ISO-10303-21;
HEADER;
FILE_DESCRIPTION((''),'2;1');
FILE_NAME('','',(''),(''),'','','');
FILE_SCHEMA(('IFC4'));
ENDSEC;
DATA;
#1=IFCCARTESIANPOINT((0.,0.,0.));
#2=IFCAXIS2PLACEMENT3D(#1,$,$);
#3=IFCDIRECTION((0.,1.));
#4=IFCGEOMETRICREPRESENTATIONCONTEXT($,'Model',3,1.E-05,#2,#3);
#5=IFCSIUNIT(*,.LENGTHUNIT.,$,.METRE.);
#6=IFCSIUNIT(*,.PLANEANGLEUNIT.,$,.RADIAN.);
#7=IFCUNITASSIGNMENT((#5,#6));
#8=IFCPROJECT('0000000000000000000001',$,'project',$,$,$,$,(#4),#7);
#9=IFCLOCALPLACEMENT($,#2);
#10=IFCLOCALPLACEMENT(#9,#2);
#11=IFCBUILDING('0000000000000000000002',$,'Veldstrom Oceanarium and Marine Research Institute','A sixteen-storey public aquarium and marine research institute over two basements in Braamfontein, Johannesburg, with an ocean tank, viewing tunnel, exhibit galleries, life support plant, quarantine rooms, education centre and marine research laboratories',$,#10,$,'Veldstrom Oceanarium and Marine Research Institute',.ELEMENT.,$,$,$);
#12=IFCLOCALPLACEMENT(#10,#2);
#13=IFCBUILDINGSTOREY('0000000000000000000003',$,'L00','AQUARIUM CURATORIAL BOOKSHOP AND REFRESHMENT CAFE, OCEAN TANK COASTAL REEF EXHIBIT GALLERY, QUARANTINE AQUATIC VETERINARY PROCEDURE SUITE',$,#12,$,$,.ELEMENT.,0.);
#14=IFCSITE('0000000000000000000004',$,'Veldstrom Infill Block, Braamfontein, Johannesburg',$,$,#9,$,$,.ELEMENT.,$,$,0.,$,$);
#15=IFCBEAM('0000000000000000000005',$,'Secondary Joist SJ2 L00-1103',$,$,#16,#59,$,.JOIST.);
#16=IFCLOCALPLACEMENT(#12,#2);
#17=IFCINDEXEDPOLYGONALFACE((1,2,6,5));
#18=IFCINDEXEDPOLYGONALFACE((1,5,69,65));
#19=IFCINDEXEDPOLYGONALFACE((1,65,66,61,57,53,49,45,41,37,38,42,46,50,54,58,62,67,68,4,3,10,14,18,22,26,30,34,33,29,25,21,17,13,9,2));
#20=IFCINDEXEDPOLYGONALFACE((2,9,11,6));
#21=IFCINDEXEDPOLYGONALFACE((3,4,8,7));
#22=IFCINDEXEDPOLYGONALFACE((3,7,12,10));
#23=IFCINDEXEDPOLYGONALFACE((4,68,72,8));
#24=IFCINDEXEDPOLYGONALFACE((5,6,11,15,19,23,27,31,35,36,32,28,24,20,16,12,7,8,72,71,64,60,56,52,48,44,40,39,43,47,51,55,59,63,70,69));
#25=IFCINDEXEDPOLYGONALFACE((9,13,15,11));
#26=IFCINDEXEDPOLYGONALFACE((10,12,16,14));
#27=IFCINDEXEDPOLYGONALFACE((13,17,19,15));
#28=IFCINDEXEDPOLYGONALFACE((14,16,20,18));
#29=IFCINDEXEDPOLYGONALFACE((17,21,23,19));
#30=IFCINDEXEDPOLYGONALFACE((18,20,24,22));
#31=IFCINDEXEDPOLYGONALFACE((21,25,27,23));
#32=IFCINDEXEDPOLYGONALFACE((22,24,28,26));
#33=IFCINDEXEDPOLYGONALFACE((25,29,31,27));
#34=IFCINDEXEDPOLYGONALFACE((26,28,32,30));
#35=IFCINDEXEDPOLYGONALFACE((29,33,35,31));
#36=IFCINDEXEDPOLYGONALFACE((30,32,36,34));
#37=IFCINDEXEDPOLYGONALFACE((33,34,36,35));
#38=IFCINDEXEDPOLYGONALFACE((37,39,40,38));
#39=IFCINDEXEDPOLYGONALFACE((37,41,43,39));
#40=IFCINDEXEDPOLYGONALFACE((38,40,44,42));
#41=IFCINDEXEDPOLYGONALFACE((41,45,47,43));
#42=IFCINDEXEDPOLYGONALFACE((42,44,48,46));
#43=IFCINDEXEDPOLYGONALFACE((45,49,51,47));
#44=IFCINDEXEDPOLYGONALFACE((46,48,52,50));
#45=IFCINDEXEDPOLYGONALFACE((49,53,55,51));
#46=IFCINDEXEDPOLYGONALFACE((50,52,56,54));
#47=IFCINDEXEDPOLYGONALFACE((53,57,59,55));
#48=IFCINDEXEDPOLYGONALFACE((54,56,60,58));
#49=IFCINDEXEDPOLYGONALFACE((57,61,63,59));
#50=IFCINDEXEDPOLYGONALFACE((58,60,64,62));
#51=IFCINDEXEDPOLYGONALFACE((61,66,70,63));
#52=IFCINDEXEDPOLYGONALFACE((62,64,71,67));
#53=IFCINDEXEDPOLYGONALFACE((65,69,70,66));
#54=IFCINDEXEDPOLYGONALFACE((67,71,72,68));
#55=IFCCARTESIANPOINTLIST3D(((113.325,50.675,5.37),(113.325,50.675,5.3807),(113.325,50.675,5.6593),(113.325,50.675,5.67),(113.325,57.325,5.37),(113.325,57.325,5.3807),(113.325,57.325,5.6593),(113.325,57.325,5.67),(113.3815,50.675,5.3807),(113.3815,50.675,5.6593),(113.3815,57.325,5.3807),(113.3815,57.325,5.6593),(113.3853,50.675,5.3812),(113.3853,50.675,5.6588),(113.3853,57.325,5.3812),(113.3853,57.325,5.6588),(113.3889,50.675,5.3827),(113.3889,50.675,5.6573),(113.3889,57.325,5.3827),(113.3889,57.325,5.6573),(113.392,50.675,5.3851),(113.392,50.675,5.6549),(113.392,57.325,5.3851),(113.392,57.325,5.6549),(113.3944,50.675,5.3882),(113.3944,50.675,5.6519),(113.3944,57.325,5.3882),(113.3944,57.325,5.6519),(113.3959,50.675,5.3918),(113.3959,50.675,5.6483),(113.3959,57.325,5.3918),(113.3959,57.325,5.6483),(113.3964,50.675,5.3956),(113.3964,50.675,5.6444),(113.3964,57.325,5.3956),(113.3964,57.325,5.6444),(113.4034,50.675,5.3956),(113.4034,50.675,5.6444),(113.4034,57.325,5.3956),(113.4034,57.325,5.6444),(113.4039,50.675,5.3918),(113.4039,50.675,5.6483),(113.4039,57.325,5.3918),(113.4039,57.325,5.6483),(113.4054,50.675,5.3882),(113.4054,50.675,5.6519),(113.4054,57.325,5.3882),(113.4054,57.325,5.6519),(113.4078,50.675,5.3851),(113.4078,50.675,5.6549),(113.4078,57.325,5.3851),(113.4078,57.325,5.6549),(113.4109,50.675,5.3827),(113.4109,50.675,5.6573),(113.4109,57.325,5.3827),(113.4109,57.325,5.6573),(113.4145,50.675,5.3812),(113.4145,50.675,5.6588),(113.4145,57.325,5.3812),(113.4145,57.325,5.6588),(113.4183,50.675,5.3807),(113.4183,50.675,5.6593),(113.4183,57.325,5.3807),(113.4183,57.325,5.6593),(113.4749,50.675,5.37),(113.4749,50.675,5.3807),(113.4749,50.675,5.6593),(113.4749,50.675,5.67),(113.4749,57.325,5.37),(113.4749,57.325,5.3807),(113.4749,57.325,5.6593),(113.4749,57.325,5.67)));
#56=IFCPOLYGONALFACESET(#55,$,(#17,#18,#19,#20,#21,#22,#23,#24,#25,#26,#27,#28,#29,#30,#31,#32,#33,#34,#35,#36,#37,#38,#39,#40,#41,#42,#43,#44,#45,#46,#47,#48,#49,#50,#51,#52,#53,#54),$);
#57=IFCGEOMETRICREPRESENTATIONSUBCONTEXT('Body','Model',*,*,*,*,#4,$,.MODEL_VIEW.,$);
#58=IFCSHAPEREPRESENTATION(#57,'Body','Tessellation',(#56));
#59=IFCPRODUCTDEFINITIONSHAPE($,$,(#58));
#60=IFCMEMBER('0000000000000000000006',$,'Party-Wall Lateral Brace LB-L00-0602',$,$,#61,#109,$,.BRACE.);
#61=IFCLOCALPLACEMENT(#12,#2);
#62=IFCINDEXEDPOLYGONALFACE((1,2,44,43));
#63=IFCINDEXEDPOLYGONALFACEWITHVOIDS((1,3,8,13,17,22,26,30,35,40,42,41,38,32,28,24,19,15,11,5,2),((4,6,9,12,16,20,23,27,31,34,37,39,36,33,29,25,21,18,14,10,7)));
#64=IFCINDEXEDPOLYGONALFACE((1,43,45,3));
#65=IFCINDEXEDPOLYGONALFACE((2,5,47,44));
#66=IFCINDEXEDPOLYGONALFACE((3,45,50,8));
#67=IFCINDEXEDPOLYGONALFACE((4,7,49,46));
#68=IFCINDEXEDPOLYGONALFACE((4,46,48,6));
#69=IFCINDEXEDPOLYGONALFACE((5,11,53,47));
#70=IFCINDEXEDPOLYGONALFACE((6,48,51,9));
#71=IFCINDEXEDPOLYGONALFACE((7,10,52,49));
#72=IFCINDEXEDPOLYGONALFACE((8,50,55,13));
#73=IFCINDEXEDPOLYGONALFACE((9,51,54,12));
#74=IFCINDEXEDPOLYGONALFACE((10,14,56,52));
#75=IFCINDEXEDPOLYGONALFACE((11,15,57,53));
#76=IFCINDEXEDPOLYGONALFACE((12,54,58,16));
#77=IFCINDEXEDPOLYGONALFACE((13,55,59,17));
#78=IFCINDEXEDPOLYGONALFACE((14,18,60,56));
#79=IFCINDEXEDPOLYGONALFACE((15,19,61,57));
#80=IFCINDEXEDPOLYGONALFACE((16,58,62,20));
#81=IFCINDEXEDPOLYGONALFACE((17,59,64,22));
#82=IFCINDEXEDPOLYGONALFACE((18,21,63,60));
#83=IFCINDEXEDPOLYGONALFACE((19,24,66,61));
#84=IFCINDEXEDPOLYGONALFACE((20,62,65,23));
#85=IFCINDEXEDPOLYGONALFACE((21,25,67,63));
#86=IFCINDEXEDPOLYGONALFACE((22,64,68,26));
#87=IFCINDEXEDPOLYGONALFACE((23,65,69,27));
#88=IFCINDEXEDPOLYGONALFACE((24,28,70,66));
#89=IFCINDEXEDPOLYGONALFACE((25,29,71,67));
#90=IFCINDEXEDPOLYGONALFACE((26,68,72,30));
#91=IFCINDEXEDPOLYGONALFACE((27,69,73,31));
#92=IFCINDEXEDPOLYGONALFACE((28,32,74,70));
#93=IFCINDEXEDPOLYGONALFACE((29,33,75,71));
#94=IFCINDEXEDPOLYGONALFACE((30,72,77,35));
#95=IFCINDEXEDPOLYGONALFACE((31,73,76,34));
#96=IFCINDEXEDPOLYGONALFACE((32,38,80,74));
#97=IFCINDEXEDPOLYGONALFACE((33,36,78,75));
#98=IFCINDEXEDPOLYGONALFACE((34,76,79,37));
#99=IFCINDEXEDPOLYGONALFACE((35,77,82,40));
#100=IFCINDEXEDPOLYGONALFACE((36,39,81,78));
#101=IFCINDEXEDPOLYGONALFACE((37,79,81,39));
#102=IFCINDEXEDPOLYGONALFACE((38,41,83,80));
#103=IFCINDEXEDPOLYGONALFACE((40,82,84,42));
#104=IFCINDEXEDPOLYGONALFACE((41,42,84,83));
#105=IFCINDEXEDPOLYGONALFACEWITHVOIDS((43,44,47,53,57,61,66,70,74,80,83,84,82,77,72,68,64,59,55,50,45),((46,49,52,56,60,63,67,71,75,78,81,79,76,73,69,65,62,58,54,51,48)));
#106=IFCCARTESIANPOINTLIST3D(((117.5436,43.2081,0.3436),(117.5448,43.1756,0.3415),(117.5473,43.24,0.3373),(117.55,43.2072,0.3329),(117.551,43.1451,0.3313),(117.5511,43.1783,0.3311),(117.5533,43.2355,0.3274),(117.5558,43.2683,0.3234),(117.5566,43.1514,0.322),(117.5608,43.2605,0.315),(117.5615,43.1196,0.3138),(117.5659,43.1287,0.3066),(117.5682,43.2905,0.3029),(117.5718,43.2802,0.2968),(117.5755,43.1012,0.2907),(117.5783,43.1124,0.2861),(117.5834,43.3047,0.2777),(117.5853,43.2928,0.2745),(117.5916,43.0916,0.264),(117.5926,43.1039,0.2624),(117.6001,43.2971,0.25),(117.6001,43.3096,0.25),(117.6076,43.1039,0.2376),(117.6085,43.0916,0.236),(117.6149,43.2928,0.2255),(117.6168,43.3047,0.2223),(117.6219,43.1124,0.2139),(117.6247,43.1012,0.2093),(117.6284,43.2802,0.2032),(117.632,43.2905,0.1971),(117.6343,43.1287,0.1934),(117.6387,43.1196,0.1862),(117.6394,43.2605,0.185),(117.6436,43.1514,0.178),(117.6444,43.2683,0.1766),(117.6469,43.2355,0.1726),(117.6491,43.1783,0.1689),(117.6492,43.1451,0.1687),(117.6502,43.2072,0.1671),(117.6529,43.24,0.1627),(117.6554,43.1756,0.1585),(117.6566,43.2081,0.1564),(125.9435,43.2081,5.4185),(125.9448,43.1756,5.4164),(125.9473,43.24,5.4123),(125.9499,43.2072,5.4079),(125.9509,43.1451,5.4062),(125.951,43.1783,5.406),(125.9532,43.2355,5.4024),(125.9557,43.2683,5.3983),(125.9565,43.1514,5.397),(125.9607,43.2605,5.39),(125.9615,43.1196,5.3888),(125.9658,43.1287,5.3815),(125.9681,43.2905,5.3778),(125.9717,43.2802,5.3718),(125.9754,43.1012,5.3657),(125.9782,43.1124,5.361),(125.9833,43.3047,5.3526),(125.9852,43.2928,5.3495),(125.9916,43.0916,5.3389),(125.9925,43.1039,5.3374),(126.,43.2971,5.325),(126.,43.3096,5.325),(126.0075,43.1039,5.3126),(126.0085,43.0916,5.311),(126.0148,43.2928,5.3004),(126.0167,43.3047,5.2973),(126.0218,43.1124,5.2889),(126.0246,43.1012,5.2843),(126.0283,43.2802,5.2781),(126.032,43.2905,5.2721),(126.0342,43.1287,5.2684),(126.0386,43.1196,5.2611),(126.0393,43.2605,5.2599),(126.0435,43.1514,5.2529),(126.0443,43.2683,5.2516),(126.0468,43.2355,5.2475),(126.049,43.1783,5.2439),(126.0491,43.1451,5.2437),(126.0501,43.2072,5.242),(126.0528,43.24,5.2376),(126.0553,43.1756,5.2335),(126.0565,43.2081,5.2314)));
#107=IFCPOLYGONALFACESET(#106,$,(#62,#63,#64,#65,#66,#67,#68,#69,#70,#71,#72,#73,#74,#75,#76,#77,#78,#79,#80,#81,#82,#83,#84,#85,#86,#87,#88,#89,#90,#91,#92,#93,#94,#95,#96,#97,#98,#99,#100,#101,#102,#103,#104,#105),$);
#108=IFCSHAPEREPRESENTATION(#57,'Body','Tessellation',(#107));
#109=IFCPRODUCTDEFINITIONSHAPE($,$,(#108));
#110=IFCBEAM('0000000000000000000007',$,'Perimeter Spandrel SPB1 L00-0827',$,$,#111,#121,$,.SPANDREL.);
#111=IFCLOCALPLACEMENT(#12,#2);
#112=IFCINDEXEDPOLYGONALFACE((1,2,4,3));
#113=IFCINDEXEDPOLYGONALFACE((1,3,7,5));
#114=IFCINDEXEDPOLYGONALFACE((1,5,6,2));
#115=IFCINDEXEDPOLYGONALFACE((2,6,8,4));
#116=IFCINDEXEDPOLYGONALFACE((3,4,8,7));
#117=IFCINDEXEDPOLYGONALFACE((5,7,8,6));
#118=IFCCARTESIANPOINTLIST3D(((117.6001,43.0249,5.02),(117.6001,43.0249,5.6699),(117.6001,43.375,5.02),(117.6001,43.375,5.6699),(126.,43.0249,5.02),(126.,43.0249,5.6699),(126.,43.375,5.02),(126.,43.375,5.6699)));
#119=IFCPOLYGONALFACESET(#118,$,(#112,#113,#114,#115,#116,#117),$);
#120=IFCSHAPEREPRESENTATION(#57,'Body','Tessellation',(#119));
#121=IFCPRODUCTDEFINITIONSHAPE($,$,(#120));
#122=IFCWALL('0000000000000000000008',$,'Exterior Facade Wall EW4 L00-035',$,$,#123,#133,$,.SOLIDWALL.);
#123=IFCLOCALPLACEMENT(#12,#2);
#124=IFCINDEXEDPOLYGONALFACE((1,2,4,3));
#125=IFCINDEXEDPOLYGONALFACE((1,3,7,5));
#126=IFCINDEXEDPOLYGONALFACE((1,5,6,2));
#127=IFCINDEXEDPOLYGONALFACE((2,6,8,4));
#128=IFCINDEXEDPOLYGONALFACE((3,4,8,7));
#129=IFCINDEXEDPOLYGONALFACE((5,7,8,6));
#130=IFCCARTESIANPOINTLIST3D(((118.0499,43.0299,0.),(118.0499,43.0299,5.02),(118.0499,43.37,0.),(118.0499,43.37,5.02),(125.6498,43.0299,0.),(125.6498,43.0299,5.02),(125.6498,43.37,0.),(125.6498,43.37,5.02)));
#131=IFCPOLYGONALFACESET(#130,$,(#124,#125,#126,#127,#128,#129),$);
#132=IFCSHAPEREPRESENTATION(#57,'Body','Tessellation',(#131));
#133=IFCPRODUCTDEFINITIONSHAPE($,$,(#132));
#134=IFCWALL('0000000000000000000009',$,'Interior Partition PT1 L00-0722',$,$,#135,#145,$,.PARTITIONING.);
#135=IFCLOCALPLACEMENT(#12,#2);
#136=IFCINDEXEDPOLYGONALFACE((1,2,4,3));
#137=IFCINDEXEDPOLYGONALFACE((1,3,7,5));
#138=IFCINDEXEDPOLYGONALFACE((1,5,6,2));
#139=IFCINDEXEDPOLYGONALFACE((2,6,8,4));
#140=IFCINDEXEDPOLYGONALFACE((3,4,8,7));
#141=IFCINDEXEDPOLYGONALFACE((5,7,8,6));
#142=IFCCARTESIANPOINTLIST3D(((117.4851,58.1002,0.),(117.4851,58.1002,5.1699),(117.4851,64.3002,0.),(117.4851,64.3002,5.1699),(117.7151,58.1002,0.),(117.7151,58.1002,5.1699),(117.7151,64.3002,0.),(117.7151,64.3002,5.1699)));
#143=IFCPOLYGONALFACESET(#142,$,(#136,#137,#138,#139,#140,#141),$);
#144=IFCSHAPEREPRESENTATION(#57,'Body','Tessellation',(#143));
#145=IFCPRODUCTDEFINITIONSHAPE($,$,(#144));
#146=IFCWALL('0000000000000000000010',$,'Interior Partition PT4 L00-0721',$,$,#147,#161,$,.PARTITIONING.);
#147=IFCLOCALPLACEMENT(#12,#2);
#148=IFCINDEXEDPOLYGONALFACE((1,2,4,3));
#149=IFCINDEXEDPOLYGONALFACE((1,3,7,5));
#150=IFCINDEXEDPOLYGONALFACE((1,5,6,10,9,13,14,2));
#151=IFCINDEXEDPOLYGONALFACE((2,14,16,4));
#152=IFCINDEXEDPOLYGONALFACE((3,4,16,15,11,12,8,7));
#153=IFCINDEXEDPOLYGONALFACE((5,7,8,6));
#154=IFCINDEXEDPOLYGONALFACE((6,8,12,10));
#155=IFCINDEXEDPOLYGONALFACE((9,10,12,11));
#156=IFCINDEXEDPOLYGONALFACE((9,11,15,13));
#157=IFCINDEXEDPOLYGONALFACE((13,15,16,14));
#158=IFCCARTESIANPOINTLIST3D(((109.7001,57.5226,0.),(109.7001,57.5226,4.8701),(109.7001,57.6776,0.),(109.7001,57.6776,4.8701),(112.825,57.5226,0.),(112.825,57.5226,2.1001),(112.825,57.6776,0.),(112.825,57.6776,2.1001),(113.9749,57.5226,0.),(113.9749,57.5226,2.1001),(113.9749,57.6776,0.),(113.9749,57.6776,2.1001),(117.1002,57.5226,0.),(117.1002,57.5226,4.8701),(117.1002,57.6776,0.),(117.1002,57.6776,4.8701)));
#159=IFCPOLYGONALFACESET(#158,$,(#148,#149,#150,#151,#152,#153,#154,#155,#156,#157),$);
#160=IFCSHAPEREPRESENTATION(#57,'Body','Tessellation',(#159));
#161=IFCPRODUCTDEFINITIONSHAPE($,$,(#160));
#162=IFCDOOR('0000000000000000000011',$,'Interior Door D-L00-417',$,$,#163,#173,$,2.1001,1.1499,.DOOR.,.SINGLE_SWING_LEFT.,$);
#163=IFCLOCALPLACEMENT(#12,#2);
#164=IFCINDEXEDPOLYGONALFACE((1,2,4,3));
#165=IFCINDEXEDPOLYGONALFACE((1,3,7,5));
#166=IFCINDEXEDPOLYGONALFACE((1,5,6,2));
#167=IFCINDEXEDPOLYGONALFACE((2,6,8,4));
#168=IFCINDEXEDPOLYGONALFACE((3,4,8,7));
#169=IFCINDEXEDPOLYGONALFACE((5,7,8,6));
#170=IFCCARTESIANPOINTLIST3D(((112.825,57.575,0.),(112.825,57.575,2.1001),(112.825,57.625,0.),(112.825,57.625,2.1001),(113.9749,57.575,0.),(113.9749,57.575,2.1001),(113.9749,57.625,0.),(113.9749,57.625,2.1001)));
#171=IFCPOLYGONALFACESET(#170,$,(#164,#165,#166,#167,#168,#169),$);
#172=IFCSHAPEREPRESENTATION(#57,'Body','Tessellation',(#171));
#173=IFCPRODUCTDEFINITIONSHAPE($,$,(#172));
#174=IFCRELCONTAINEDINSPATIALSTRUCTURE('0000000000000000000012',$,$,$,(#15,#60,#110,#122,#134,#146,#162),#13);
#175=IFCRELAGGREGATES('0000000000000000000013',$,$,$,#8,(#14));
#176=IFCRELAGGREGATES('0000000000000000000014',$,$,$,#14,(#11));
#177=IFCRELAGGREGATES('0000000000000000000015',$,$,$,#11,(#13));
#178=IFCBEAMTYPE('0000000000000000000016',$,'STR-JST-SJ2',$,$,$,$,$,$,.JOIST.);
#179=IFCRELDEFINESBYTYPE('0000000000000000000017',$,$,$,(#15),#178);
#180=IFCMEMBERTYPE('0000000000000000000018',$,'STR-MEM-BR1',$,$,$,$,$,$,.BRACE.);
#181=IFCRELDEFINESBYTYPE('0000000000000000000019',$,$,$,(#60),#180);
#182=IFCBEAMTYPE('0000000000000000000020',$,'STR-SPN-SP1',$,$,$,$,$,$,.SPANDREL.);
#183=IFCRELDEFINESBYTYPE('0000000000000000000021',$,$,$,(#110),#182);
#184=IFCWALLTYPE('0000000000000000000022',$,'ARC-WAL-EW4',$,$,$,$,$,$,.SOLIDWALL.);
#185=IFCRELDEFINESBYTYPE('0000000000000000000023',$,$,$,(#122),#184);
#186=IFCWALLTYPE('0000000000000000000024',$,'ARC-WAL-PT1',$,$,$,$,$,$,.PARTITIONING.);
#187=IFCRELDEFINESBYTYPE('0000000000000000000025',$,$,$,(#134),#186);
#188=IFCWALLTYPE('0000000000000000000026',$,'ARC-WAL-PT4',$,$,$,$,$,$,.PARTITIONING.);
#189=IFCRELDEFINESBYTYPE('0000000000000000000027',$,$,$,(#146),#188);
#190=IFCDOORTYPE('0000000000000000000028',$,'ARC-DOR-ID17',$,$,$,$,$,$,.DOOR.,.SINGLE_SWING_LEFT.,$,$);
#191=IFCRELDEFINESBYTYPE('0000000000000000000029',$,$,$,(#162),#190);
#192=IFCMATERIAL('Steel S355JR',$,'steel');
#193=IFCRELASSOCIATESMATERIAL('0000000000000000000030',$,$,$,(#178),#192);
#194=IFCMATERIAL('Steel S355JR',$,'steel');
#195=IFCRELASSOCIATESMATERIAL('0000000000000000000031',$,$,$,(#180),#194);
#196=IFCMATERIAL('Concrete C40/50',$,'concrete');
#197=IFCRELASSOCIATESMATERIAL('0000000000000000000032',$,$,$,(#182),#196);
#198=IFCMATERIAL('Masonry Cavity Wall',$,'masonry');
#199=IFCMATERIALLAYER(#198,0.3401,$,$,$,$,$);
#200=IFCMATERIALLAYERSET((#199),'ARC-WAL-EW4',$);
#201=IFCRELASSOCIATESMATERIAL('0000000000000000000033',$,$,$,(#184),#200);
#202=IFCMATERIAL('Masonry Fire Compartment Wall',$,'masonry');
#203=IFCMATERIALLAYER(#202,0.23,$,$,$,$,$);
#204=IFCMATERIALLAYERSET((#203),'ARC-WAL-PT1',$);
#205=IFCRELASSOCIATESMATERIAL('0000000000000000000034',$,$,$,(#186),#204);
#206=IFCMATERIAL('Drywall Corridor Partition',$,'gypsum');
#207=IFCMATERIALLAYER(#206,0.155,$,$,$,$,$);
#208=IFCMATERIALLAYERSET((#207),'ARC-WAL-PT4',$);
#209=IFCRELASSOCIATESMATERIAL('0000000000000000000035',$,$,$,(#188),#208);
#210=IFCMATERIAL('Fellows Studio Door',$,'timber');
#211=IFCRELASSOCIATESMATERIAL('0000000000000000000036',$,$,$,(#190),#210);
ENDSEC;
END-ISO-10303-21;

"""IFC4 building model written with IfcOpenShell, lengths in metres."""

from ifc_helpers import new_model, si_unit, direction, frame, frame_2d, origin, origin_2d, place, context, subcontext, project, spatial, rectangle, hollow_circle, i_section, extrude, material, layer, layer_set, material_profile, profile_set, type_object, element, fill, save


model = new_model("IFC4")

# Units and contexts
model_context = context("Model", 3, precision=1e-05, world=origin(), true_north=direction((0.0, 1.0)))
body_context = subcontext(model_context, "Body", "Model", "MODEL_VIEW")
ifc_project = project(units=[si_unit("LENGTHUNIT", "METRE"), si_unit("PLANEANGLEUNIT", "RADIAN")], contexts=[model_context])

# Site, building, storey
site_placement = place(None, origin())
site = spatial("IfcSite", under=ifc_project, at=site_placement, Name="Veldstrom Infill Block, Braamfontein, Johannesburg", CompositionType="ELEMENT", RefElevation=0.0)
building_placement = place(site_placement, origin())
building = spatial("IfcBuilding", under=site, at=building_placement, Name="Veldstrom Oceanarium and Marine Research Institute", Description="A sixteen-storey public aquarium and marine research institute over two basements in Braamfontein, Johannesburg, with an ocean tank, viewing tunnel, exhibit galleries, life support plant, quarantine rooms, education centre and marine research laboratories", LongName="Veldstrom Oceanarium and Marine Research Institute", CompositionType="ELEMENT")
storey_placement = place(building_placement, origin())
storey = spatial("IfcBuildingStorey", under=building, at=storey_placement, Name="L00", Description="AQUARIUM CURATORIAL BOOKSHOP AND REFRESHMENT CAFE, OCEAN TANK COASTAL REEF EXHIBIT GALLERY, QUARANTINE AQUATIC VETERINARY PROCEDURE SUITE", CompositionType="ELEMENT", Elevation=0.0)

# Beam
ifc_material_1 = material(Name="Steel S355JR", Category="steel")
ifc_material_profile_1 = material_profile(ifc_material_1, i_section(OverallWidth=0.1499, OverallDepth=0.3, WebThickness=0.0071, FlangeThickness=0.0107, FilletRadius=0.0149, at=origin_2d()), Name="IPE 300")
ifc_profile_set_1 = profile_set([ifc_material_profile_1], Name="Steel S355JR")
beam_type_1 = type_object("IfcBeamType", Name="STR-JST-SJ2", PredefinedType="JOIST", material=ifc_profile_set_1)
beam_1_placement = place(storey_placement, frame((113.3999, 50.675, 5.52), z_axis=(0.0, 1.0, 0.0), x_axis=(-1.0, 0.0, 0.0)))
element("IfcBeam", 1, at=beam_1_placement, inside=storey, type_object=beam_type_1, Name="Secondary Joist SJ2 L00-1103", PredefinedType="JOIST", context=body_context, shape_type="SweptSolid", body=[
    extrude(i_section(OverallWidth=0.1499, OverallDepth=0.3, WebThickness=0.0071, FlangeThickness=0.0107, FilletRadius=0.0149, at=origin_2d()), origin(), (0.0, 0.0, 1.0), 6.6499),
])

# Member
ifc_material_2 = material(Name="Steel S355JR", Category="steel")
ifc_material_profile_2 = material_profile(ifc_material_2, hollow_circle(Radius=0.1096, WallThickness=0.0125, at=origin_2d()), Name="CHS 219.1x12.5")
ifc_profile_set_2 = profile_set([ifc_material_profile_2], Name="Steel S355JR")
member_type = type_object("IfcMemberType", Name="STR-MEM-BR1", PredefinedType="BRACE", material=ifc_profile_set_2)
member_placement = place(storey_placement, frame((117.6001, 43.2, 0.25), z_axis=(0.855915, 0.0, 0.517116), x_axis=(0.0, 1.0, 0.0)))
element("IfcMember", 2, at=member_placement, inside=storey, type_object=member_type, Name="Party-Wall Lateral Brace LB-L00-0602", PredefinedType="BRACE", context=body_context, shape_type="SweptSolid", body=[
    extrude(hollow_circle(Radius=0.1096, WallThickness=0.0125, at=origin_2d()), origin(), (0.0, 0.0, 1.0), 9.814),
])

# Beam
ifc_material_3 = material(Name="Concrete C40/50", Category="concrete")
ifc_material_profile_3 = material_profile(ifc_material_3, rectangle(XDim=0.3501, YDim=0.6499, at=origin_2d()), Name="RC-SPN-350x650")
ifc_profile_set_3 = profile_set([ifc_material_profile_3], Name="Concrete C40/50")
beam_type_2 = type_object("IfcBeamType", Name="STR-SPN-SP1", PredefinedType="SPANDREL", material=ifc_profile_set_3)
beam_2_placement = place(storey_placement, frame((117.6001, 43.2, 5.345), z_axis=(1.0, 0.0, 0.0), x_axis=(0.0, 1.0, 0.0)))
element("IfcBeam", 3, at=beam_2_placement, inside=storey, type_object=beam_type_2, Name="Perimeter Spandrel SPB1 L00-0827", PredefinedType="SPANDREL", context=body_context, shape_type="SweptSolid", body=[
    extrude(rectangle(XDim=0.3501, YDim=0.6499, at=origin_2d()), origin(), (0.0, 0.0, 1.0), 8.3999),
])

# Walls
ifc_material_4 = material(Name="Masonry Cavity Wall", Category="masonry")
ifc_layer_1 = layer(ifc_material_4, 0.3401)
ifc_layer_set_1 = layer_set([ifc_layer_1], Name="ARC-WAL-EW4")
wall_type_1 = type_object("IfcWallType", Name="ARC-WAL-EW4", PredefinedType="SOLIDWALL", material=ifc_layer_set_1)
wall_1_placement = place(storey_placement, frame((118.05, 43.2, 0.0), z_axis=(0.0, 0.0, 1.0), x_axis=(1.0, 0.0, 0.0)))
element("IfcWall", 4, at=wall_1_placement, inside=storey, type_object=wall_type_1, Name="Exterior Facade Wall EW4 L00-035", PredefinedType="SOLIDWALL", context=body_context, shape_type="SweptSolid", body=[
    extrude(rectangle(XDim=7.5999, YDim=0.3401, at=frame_2d((3.7998, 0.0))), origin(), (0.0, 0.0, 1.0), 5.02),
])
ifc_material_5 = material(Name="Masonry Fire Compartment Wall", Category="masonry")
ifc_layer_2 = layer(ifc_material_5, 0.23)
ifc_layer_set_2 = layer_set([ifc_layer_2], Name="ARC-WAL-PT1")
wall_type_2 = type_object("IfcWallType", Name="ARC-WAL-PT1", PredefinedType="PARTITIONING", material=ifc_layer_set_2)
wall_2_placement = place(storey_placement, frame((117.6001, 58.1001, 0.0), z_axis=(0.0, 0.0, 1.0), x_axis=(0.0, 1.0, 0.0)))
element("IfcWall", 5, at=wall_2_placement, inside=storey, type_object=wall_type_2, Name="Interior Partition PT1 L00-0722", PredefinedType="PARTITIONING", context=body_context, shape_type="SweptSolid", body=[
    extrude(rectangle(XDim=6.2, YDim=0.23, at=frame_2d((3.1001, 0.0))), origin(), (0.0, 0.0, 1.0), 5.1699),
])

# Wall, opening, door
ifc_material_6 = material(Name="Drywall Corridor Partition", Category="gypsum")
ifc_layer_3 = layer(ifc_material_6, 0.155)
ifc_layer_set_3 = layer_set([ifc_layer_3], Name="ARC-WAL-PT4")
wall_type_3 = type_object("IfcWallType", Name="ARC-WAL-PT4", PredefinedType="PARTITIONING", material=ifc_layer_set_3)
wall_3_placement = place(storey_placement, frame((109.7, 57.6001, 0.0), z_axis=(0.0, 0.0, 1.0), x_axis=(1.0, 0.0, 0.0)))
wall_3 = element("IfcWall", 6, at=wall_3_placement, inside=storey, type_object=wall_type_3, Name="Interior Partition PT4 L00-0721", PredefinedType="PARTITIONING", context=body_context, shape_type="SweptSolid", body=[
    extrude(rectangle(XDim=7.4001, YDim=0.155, at=frame_2d((3.7002, 0.0))), origin(), (0.0, 0.0, 1.0), 4.8701),
])
opening_1_placement = place(wall_3_placement, frame((3.125, 0.0, 0.0)))
opening_1 = element("IfcOpeningElement", 7, at=opening_1_placement, cuts=wall_3, PredefinedType="OPENING", context=body_context, shape_type="SweptSolid", body=[
    extrude(rectangle(XDim=1.1499, YDim=2.1001, at=frame_2d((0.575, 1.05))), frame((0.0, 0.0874, 0.0), z_axis=(0.0, -1.0, 0.0), x_axis=(1.0, 0.0, 0.0)), (0.0, 0.0, 1.0), 0.175),
])
ifc_material_7 = material(Name="Fellows Studio Door", Category="timber")
door_type_1 = type_object("IfcDoorType", Name="ARC-DOR-ID17", OperationType="SINGLE_SWING_LEFT", PredefinedType="DOOR", material=ifc_material_7)
door_1_placement = place(opening_1_placement, origin())
door_1 = element("IfcDoor", 8, at=door_1_placement, inside=storey, type_object=door_type_1, Name="Interior Door D-L00-417", OperationType="SINGLE_SWING_LEFT", OverallHeight=2.1001, OverallWidth=1.1499, PredefinedType="DOOR", context=body_context, shape_type="SweptSolid", body=[
    extrude(rectangle(XDim=1.1499, YDim=2.1001, at=frame_2d((0.575, 1.05))), frame((0.0, 0.0249, 0.0), z_axis=(0.0, -1.0, 0.0), x_axis=(1.0, 0.0, 0.0)), (0.0, 0.0, 1.0), 0.05),
])
fill(opening_1, door_1)

save(model, "model.ifc")
